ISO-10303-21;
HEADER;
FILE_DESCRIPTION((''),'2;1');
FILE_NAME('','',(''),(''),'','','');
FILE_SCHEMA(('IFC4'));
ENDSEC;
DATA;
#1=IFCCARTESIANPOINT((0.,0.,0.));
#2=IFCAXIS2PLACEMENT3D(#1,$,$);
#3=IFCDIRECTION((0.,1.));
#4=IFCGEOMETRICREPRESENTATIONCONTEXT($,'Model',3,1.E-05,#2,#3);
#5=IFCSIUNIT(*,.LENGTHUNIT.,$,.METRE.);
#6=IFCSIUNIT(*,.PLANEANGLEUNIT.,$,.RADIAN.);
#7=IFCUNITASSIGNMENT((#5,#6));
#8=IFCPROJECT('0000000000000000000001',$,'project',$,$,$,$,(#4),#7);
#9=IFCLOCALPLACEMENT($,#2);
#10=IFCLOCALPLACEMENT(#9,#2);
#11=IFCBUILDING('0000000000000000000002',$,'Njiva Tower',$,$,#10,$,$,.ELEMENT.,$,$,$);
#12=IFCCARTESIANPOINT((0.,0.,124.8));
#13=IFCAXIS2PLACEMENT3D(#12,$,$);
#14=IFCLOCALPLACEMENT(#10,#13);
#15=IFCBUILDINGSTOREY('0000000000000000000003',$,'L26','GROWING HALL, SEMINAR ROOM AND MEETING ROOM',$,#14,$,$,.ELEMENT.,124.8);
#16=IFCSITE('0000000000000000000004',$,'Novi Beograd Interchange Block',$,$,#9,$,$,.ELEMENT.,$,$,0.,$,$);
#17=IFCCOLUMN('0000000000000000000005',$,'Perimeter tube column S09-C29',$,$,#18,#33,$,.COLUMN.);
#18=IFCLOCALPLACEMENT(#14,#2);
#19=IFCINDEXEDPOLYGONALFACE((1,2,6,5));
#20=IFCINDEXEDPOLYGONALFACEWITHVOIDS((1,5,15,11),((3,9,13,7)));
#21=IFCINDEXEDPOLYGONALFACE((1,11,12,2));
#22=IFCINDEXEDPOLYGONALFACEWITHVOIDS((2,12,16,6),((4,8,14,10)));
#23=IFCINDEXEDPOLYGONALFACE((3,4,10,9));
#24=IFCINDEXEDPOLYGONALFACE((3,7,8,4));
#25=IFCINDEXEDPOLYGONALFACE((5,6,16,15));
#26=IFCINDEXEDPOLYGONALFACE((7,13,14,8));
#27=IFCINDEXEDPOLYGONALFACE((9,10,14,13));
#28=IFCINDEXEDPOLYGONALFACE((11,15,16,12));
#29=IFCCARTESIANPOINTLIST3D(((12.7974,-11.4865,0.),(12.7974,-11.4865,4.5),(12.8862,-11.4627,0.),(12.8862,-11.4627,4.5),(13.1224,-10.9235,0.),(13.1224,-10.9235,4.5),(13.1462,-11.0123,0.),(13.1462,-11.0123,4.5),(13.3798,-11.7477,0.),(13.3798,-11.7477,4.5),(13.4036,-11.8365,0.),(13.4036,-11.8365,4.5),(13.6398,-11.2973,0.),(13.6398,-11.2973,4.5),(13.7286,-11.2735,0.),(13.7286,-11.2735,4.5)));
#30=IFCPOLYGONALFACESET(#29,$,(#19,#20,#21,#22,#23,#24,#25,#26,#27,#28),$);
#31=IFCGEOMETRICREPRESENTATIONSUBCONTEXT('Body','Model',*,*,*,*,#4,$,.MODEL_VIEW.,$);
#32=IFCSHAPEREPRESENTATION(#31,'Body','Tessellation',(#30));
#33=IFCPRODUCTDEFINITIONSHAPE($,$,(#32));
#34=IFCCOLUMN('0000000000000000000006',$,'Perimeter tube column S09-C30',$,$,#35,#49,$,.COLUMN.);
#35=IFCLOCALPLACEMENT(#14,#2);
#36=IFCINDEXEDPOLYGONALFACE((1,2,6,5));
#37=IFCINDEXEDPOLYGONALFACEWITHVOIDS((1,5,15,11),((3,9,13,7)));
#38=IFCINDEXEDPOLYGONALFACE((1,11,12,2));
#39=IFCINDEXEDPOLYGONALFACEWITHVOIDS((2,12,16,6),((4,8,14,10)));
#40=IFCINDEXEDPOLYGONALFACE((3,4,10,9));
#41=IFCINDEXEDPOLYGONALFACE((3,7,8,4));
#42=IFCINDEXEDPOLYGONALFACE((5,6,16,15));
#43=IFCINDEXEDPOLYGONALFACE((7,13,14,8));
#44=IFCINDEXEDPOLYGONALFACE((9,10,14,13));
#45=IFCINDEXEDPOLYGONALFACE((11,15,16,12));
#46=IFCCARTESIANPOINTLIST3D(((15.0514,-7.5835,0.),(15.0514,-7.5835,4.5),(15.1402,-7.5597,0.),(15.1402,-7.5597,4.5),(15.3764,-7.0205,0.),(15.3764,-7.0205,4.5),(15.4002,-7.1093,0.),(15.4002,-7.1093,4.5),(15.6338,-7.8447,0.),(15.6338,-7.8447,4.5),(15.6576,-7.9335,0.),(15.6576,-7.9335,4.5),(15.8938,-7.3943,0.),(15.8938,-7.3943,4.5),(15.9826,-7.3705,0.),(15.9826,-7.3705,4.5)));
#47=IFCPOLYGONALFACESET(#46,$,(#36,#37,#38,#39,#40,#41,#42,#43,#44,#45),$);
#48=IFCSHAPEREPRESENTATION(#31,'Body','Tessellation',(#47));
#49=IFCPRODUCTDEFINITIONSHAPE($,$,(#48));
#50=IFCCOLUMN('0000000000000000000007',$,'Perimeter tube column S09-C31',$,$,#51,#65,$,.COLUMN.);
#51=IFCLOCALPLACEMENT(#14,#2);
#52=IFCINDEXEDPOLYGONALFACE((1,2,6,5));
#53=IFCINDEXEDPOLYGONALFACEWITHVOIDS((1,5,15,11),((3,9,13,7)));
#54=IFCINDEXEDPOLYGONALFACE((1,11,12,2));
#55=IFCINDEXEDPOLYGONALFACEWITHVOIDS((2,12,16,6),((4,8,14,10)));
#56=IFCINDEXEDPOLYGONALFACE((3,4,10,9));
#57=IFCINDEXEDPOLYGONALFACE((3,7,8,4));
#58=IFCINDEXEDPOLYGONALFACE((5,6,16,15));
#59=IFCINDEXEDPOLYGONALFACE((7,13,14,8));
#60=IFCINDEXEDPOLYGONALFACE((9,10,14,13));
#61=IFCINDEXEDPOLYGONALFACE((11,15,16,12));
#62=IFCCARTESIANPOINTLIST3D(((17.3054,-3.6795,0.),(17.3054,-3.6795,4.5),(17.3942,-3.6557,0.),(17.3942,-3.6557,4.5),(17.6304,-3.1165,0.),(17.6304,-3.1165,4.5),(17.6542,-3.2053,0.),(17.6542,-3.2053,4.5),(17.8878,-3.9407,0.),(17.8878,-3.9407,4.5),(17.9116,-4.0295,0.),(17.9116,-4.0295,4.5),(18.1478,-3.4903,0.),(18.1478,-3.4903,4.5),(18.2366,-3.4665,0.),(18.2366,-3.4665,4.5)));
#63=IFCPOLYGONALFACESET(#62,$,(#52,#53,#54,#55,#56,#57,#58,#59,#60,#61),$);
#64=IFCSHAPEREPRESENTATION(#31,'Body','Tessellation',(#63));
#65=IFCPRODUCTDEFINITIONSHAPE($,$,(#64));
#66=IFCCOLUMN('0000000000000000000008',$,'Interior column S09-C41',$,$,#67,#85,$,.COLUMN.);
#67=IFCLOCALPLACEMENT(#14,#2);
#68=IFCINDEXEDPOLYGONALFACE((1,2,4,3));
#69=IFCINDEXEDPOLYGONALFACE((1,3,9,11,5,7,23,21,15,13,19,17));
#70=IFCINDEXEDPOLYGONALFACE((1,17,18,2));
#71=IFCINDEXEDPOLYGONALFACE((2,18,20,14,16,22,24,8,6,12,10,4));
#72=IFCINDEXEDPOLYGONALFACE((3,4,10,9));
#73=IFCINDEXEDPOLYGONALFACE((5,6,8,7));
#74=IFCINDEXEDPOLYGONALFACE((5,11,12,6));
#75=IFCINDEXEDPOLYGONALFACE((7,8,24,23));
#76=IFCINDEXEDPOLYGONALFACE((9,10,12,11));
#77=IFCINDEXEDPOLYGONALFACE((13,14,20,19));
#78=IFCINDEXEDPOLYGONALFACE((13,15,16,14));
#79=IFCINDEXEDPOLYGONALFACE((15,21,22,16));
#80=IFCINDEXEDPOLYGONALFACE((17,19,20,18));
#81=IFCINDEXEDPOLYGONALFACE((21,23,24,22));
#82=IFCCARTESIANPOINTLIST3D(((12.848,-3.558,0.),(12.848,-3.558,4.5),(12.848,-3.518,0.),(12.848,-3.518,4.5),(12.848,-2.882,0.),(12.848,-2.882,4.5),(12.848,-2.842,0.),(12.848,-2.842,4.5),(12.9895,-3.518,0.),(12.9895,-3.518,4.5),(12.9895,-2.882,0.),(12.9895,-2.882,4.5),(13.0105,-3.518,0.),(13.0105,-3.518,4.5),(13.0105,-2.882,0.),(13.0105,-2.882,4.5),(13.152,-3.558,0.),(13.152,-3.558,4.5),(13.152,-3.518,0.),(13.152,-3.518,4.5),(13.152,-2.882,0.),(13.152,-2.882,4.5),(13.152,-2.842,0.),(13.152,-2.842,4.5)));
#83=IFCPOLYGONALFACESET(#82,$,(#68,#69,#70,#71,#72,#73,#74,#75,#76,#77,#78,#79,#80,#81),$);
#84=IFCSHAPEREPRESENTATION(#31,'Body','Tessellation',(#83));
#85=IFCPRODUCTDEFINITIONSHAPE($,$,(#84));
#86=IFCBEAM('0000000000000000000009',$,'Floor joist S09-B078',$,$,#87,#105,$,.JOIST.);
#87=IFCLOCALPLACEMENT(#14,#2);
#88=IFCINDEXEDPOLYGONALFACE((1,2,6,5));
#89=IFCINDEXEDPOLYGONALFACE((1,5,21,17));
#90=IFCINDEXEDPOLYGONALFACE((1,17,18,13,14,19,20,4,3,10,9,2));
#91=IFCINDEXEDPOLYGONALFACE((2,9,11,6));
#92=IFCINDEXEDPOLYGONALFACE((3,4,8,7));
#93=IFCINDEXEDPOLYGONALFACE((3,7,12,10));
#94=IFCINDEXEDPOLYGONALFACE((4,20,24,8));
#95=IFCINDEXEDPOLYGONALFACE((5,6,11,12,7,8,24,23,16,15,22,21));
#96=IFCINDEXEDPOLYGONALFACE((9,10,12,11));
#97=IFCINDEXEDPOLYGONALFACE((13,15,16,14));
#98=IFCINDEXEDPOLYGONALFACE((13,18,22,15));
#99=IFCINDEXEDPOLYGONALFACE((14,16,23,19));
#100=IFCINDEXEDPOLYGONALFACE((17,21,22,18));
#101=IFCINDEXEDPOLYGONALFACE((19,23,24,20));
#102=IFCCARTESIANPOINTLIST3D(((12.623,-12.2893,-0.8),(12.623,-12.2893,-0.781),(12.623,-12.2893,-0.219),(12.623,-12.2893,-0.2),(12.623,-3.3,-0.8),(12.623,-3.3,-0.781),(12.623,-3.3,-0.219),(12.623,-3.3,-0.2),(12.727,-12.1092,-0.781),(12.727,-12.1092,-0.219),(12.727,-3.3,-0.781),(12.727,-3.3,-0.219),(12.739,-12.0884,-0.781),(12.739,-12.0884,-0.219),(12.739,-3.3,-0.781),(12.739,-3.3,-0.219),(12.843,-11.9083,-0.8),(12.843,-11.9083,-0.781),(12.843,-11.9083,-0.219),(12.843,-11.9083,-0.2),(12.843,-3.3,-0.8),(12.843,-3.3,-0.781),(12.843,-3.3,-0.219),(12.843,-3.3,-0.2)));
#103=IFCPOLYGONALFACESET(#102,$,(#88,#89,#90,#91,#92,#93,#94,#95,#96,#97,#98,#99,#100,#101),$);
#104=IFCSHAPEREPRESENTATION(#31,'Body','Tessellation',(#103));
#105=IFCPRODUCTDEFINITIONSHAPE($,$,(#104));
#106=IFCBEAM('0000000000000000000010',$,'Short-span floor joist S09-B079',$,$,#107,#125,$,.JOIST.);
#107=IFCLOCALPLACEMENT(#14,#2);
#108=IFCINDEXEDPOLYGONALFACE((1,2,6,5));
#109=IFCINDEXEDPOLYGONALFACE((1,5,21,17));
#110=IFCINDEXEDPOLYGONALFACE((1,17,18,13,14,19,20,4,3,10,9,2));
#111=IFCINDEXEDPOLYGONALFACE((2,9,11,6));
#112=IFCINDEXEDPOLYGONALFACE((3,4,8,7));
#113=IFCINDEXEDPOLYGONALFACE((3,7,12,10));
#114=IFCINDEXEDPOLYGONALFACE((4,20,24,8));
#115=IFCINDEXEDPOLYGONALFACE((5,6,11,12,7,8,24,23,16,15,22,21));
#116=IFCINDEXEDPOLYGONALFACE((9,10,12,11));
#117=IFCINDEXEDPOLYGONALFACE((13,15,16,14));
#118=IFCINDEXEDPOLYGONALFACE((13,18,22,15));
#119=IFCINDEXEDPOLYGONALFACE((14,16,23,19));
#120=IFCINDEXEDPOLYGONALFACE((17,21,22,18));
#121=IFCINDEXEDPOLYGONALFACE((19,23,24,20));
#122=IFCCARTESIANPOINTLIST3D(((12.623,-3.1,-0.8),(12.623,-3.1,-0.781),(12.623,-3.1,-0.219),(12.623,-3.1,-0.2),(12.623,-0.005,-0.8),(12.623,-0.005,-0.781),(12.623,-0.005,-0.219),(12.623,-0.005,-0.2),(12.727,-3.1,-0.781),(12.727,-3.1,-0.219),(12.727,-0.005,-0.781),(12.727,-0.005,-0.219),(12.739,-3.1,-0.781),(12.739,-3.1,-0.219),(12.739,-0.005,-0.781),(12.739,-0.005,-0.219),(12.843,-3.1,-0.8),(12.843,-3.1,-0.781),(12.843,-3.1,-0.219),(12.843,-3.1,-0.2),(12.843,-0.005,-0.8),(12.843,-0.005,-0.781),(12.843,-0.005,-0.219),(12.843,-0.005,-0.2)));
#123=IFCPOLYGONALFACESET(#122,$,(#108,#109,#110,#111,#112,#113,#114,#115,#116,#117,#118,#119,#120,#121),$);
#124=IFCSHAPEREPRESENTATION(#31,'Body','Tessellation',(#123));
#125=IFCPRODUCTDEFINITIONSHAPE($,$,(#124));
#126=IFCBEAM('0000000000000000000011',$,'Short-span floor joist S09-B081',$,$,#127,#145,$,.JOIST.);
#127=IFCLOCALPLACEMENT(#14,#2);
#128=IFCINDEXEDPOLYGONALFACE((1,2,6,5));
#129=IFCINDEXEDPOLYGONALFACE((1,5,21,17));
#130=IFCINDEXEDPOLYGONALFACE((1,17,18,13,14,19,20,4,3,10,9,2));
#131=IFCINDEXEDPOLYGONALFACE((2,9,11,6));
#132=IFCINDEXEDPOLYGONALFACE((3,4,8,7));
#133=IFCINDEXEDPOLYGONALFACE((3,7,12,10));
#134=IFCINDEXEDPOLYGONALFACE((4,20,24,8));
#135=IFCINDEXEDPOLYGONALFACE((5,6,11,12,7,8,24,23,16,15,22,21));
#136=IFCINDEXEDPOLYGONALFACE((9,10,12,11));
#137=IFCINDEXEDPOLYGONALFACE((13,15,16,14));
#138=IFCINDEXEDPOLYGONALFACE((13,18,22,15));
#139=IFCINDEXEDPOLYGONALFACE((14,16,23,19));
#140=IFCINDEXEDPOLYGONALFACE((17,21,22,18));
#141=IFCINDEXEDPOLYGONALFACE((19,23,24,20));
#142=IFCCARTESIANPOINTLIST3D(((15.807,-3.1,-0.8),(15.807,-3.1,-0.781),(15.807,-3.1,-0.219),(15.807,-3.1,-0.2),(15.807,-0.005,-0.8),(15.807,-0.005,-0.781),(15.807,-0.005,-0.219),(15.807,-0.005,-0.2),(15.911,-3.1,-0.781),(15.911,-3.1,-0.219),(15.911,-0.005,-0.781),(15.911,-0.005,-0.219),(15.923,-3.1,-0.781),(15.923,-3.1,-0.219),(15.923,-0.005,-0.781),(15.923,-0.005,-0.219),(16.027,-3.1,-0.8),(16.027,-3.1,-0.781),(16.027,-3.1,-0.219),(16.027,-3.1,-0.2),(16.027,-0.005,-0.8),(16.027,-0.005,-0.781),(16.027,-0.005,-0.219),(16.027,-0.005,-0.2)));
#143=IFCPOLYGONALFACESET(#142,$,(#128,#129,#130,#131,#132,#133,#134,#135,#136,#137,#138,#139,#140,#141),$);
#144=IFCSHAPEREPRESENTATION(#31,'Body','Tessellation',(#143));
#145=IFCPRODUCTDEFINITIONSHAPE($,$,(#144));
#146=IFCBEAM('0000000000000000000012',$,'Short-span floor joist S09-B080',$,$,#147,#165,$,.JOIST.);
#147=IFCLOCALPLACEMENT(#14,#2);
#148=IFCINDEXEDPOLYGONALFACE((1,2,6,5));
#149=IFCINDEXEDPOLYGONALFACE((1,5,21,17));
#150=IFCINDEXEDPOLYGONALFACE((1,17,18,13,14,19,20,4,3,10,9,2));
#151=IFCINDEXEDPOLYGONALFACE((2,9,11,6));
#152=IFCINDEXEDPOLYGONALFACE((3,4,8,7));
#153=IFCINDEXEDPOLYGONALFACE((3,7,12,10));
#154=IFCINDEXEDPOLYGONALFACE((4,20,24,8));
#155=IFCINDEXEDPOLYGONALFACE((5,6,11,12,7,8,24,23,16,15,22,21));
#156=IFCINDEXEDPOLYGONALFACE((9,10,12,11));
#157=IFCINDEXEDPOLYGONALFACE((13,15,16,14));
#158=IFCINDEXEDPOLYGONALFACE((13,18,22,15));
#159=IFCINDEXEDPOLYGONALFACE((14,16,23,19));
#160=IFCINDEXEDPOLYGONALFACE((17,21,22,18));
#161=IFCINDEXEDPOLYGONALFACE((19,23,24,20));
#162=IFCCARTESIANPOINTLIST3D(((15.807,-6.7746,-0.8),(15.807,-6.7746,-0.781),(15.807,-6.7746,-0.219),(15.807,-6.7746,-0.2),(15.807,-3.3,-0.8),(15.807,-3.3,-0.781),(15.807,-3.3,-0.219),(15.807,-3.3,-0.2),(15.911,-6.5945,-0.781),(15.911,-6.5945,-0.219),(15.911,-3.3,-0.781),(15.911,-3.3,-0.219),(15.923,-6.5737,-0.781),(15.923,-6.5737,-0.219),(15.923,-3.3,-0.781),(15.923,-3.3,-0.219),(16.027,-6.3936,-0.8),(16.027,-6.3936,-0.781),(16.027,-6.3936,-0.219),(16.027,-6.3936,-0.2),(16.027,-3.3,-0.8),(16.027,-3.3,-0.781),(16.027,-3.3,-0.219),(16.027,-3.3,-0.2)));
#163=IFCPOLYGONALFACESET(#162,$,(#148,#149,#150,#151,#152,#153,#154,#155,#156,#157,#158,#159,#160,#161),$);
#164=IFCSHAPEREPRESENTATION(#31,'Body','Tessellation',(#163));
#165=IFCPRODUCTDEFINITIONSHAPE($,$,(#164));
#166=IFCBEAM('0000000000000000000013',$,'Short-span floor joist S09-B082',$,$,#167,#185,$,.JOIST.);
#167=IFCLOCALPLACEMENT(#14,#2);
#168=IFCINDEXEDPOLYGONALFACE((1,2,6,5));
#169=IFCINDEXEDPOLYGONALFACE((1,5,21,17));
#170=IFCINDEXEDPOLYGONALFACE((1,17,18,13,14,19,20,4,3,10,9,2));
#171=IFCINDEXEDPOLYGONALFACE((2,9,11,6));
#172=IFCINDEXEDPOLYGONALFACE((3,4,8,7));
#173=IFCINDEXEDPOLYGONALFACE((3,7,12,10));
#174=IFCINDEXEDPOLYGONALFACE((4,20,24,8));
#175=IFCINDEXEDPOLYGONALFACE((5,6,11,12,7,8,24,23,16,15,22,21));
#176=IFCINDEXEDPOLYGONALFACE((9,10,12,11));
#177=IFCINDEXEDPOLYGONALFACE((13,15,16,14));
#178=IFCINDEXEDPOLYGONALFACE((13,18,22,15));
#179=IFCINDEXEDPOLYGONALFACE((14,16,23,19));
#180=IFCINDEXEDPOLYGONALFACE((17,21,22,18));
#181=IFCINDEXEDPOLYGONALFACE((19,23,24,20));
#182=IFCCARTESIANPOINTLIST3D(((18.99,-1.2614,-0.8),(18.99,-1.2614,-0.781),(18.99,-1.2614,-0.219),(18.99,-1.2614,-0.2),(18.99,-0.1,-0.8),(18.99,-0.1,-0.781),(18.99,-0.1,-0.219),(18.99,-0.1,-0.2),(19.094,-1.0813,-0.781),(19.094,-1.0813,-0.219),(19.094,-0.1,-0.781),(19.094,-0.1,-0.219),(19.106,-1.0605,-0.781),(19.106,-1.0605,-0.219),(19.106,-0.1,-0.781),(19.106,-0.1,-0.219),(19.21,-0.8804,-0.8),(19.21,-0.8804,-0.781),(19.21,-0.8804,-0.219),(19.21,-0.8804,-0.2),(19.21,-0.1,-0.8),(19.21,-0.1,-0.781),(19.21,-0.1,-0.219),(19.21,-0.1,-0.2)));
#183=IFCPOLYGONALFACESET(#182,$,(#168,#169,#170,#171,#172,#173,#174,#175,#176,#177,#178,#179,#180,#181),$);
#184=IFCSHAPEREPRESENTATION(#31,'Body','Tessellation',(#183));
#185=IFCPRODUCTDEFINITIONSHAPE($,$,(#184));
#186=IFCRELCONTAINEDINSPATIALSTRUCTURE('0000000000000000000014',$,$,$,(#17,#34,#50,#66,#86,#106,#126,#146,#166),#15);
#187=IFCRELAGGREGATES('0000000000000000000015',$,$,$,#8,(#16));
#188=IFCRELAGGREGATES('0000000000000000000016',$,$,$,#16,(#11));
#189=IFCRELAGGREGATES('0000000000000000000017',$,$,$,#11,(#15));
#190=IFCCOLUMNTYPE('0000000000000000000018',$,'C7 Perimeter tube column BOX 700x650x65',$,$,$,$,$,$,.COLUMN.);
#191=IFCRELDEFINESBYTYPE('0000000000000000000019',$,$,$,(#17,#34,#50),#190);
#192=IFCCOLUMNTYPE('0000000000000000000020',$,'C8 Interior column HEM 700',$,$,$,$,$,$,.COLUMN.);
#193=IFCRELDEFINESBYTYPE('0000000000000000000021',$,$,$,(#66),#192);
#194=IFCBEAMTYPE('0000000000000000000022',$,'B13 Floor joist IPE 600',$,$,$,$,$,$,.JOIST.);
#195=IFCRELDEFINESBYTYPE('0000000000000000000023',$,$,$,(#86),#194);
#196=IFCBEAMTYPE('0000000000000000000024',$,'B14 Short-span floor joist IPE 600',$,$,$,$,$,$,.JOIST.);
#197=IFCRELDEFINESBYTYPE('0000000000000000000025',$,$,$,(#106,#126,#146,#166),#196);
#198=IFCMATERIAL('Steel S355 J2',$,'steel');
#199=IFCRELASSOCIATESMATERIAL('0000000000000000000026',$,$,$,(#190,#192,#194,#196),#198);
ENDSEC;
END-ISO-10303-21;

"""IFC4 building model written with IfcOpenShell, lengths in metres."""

from ifc_helpers import new_model, si_unit, direction, frame, origin, origin_2d, place, context, subcontext, project, spatial, hollow_rectangle, i_section, extrude, clip, halfspace, material, material_profile, profile_set, type_object, element, save


model = new_model("IFC4")

# Units and contexts
model_context = context("Model", 3, precision=1e-05, world=origin(), true_north=direction((0.0, 1.0)))
body_context = subcontext(model_context, "Body", "Model", "MODEL_VIEW")
ifc_project = project(units=[si_unit("LENGTHUNIT", "METRE"), si_unit("PLANEANGLEUNIT", "RADIAN")], contexts=[model_context])

# Site, building, storey
site_placement = place(None, origin())
site = spatial("IfcSite", under=ifc_project, at=site_placement, Name="Novi Beograd Interchange Block", CompositionType="ELEMENT", RefElevation=0.0)
building_placement = place(site_placement, origin())
building = spatial("IfcBuilding", under=site, at=building_placement, Name="Njiva Tower", CompositionType="ELEMENT")
storey_placement = place(building_placement, frame((0.0, 0.0, 124.8)))
storey = spatial("IfcBuildingStorey", under=building, at=storey_placement, Name="L26", Description="GROWING HALL, SEMINAR ROOM AND MEETING ROOM", CompositionType="ELEMENT", Elevation=124.8)

# Columns
ifc_material_1 = material(Name="Steel S355 J2", Category="steel")
ifc_material_profile_1 = material_profile(ifc_material_1, hollow_rectangle(XDim=0.65, YDim=0.7, WallThickness=0.065, at=origin_2d()), Name="BOX 700x650x65")
ifc_profile_set_1 = profile_set([ifc_material_profile_1], Name="Steel S355 J2")
column_type_1 = type_object("IfcColumnType", Name="C7 Perimeter tube column BOX 700x650x65", PredefinedType="COLUMN", material=ifc_profile_set_1)
for number, where, z_axis, x_axis, name in (
    (1, (13.263, -11.38, 0.0), (0.0, 0.0, 1.0), (0.5, 0.866025, 0.0), "Perimeter tube column S09-C29"),
    (2, (15.517, -7.477, 0.0), (0.0, 0.0, 1.0), (0.5, 0.866025, 0.0), "Perimeter tube column S09-C30"),
    (3, (17.771, -3.573, 0.0), (0.0, 0.0, 1.0), (0.5, 0.866025, 0.0), "Perimeter tube column S09-C31"),
):
    element("IfcColumn", number, at=place(storey_placement, frame(where, z_axis=z_axis, x_axis=x_axis)), inside=storey, type_object=column_type_1, Name=name, PredefinedType="COLUMN", context=body_context, shape_type="SweptSolid", body=[
        extrude(hollow_rectangle(XDim=0.65, YDim=0.7, WallThickness=0.065, at=origin_2d()), origin(), (0.0, 0.0, 1.0), 4.5),
    ])
ifc_material_profile_2 = material_profile(ifc_material_1, i_section(OverallWidth=0.304, OverallDepth=0.716, WebThickness=0.021, FlangeThickness=0.04, at=origin_2d()), Name="HEM 700")
ifc_profile_set_2 = profile_set([ifc_material_profile_2], Name="Steel S355 J2")
column_type_2 = type_object("IfcColumnType", Name="C8 Interior column HEM 700", PredefinedType="COLUMN", material=ifc_profile_set_2)
column_placement = place(storey_placement, frame((13.0, -3.2, 0.0), z_axis=(0.0, 0.0, 1.0), x_axis=(1.0, 0.0, 0.0)))
element("IfcColumn", 4, at=column_placement, inside=storey, type_object=column_type_2, Name="Interior column S09-C41", PredefinedType="COLUMN", context=body_context, shape_type="SweptSolid", body=[
    extrude(i_section(OverallWidth=0.304, OverallDepth=0.716, WebThickness=0.021, FlangeThickness=0.04, at=origin_2d()), origin(), (0.0, 0.0, 1.0), 4.5),
])

# Beams
ifc_material_profile_3 = material_profile(ifc_material_1, i_section(OverallWidth=0.22, OverallDepth=0.6, WebThickness=0.012, FlangeThickness=0.019, at=origin_2d()), Name="IPE 600")
ifc_profile_set_3 = profile_set([ifc_material_profile_3], Name="Steel S355 J2")
beam_type_1 = type_object("IfcBeamType", Name="B13 Floor joist IPE 600", PredefinedType="JOIST", material=ifc_profile_set_3)
beam_1_placement = place(storey_placement, frame((12.733, -3.3, -0.5), z_axis=(0.0, -1.0, 0.0), x_axis=(1.0, 0.0, 0.0)))
element("IfcBeam", 5, at=beam_1_placement, inside=storey, type_object=beam_type_1, Name="Floor joist S09-B078", PredefinedType="JOIST", context=body_context, shape_type="Clipping", body=[
    clip(extrude(i_section(OverallWidth=0.22, OverallDepth=0.6, WebThickness=0.012, FlangeThickness=0.019, at=origin_2d()), origin(), (0.0, 0.0, 1.0), 9.009), halfspace(frame((0.0436, 0.0, 8.7233), z_axis=(0.866027, 0.0, 0.499998), x_axis=(0.0, 1.0, 0.0)), False)),
])
ifc_material_profile_4 = material_profile(ifc_material_1, i_section(OverallWidth=0.22, OverallDepth=0.6, WebThickness=0.012, FlangeThickness=0.019, at=origin_2d()), Name="IPE 600")
ifc_profile_set_4 = profile_set([ifc_material_profile_4], Name="Steel S355 J2")
beam_type_2 = type_object("IfcBeamType", Name="B14 Short-span floor joist IPE 600", PredefinedType="JOIST", material=ifc_profile_set_4)
for number, where, z_axis, x_axis, name in (
    (6, (12.733, -0.005, -0.5), (0.0, -1.0, 0.0), (1.0, 0.0, 0.0), "Short-span floor joist S09-B079"),
    (7, (15.917, -0.005, -0.5), (0.0, -1.0, 0.0), (1.0, 0.0, 0.0), "Short-span floor joist S09-B081"),
):
    element("IfcBeam", number, at=place(storey_placement, frame(where, z_axis=z_axis, x_axis=x_axis)), inside=storey, type_object=beam_type_2, Name=name, PredefinedType="JOIST", context=body_context, shape_type="SweptSolid", body=[
        extrude(i_section(OverallWidth=0.22, OverallDepth=0.6, WebThickness=0.012, FlangeThickness=0.019, at=origin_2d()), origin(), (0.0, 0.0, 1.0), 3.095),
    ])
beam_2_placement = place(storey_placement, frame((15.917, -3.3, -0.5), z_axis=(0.0, -1.0, 0.0), x_axis=(1.0, 0.0, 0.0)))
element("IfcBeam", 8, at=beam_2_placement, inside=storey, type_object=beam_type_2, Name="Short-span floor joist S09-B080", PredefinedType="JOIST", context=body_context, shape_type="Clipping", body=[
    clip(extrude(i_section(OverallWidth=0.22, OverallDepth=0.6, WebThickness=0.012, FlangeThickness=0.019, at=origin_2d()), origin(), (0.0, 0.0, 1.0), 3.496), halfspace(frame((0.043, 0.0, 3.2096), z_axis=(0.866027, 0.0, 0.499998), x_axis=(0.0, 1.0, 0.0)), False)),
])
beam_3_placement = place(storey_placement, frame((19.1, -0.1, -0.5), z_axis=(0.0, -1.0, 0.0), x_axis=(1.0, 0.0, 0.0)))
element("IfcBeam", 9, at=beam_3_placement, inside=storey, type_object=beam_type_2, Name="Short-span floor joist S09-B082", PredefinedType="JOIST", context=body_context, shape_type="Clipping", body=[
    clip(extrude(i_section(OverallWidth=0.22, OverallDepth=0.6, WebThickness=0.012, FlangeThickness=0.019, at=origin_2d()), origin(), (0.0, 0.0, 1.0), 1.182), halfspace(frame((0.0433, 0.0, 0.8959), z_axis=(0.866027, 0.0, 0.499998), x_axis=(0.0, 1.0, 0.0)), False)),
])

save(model, "model.ifc")
